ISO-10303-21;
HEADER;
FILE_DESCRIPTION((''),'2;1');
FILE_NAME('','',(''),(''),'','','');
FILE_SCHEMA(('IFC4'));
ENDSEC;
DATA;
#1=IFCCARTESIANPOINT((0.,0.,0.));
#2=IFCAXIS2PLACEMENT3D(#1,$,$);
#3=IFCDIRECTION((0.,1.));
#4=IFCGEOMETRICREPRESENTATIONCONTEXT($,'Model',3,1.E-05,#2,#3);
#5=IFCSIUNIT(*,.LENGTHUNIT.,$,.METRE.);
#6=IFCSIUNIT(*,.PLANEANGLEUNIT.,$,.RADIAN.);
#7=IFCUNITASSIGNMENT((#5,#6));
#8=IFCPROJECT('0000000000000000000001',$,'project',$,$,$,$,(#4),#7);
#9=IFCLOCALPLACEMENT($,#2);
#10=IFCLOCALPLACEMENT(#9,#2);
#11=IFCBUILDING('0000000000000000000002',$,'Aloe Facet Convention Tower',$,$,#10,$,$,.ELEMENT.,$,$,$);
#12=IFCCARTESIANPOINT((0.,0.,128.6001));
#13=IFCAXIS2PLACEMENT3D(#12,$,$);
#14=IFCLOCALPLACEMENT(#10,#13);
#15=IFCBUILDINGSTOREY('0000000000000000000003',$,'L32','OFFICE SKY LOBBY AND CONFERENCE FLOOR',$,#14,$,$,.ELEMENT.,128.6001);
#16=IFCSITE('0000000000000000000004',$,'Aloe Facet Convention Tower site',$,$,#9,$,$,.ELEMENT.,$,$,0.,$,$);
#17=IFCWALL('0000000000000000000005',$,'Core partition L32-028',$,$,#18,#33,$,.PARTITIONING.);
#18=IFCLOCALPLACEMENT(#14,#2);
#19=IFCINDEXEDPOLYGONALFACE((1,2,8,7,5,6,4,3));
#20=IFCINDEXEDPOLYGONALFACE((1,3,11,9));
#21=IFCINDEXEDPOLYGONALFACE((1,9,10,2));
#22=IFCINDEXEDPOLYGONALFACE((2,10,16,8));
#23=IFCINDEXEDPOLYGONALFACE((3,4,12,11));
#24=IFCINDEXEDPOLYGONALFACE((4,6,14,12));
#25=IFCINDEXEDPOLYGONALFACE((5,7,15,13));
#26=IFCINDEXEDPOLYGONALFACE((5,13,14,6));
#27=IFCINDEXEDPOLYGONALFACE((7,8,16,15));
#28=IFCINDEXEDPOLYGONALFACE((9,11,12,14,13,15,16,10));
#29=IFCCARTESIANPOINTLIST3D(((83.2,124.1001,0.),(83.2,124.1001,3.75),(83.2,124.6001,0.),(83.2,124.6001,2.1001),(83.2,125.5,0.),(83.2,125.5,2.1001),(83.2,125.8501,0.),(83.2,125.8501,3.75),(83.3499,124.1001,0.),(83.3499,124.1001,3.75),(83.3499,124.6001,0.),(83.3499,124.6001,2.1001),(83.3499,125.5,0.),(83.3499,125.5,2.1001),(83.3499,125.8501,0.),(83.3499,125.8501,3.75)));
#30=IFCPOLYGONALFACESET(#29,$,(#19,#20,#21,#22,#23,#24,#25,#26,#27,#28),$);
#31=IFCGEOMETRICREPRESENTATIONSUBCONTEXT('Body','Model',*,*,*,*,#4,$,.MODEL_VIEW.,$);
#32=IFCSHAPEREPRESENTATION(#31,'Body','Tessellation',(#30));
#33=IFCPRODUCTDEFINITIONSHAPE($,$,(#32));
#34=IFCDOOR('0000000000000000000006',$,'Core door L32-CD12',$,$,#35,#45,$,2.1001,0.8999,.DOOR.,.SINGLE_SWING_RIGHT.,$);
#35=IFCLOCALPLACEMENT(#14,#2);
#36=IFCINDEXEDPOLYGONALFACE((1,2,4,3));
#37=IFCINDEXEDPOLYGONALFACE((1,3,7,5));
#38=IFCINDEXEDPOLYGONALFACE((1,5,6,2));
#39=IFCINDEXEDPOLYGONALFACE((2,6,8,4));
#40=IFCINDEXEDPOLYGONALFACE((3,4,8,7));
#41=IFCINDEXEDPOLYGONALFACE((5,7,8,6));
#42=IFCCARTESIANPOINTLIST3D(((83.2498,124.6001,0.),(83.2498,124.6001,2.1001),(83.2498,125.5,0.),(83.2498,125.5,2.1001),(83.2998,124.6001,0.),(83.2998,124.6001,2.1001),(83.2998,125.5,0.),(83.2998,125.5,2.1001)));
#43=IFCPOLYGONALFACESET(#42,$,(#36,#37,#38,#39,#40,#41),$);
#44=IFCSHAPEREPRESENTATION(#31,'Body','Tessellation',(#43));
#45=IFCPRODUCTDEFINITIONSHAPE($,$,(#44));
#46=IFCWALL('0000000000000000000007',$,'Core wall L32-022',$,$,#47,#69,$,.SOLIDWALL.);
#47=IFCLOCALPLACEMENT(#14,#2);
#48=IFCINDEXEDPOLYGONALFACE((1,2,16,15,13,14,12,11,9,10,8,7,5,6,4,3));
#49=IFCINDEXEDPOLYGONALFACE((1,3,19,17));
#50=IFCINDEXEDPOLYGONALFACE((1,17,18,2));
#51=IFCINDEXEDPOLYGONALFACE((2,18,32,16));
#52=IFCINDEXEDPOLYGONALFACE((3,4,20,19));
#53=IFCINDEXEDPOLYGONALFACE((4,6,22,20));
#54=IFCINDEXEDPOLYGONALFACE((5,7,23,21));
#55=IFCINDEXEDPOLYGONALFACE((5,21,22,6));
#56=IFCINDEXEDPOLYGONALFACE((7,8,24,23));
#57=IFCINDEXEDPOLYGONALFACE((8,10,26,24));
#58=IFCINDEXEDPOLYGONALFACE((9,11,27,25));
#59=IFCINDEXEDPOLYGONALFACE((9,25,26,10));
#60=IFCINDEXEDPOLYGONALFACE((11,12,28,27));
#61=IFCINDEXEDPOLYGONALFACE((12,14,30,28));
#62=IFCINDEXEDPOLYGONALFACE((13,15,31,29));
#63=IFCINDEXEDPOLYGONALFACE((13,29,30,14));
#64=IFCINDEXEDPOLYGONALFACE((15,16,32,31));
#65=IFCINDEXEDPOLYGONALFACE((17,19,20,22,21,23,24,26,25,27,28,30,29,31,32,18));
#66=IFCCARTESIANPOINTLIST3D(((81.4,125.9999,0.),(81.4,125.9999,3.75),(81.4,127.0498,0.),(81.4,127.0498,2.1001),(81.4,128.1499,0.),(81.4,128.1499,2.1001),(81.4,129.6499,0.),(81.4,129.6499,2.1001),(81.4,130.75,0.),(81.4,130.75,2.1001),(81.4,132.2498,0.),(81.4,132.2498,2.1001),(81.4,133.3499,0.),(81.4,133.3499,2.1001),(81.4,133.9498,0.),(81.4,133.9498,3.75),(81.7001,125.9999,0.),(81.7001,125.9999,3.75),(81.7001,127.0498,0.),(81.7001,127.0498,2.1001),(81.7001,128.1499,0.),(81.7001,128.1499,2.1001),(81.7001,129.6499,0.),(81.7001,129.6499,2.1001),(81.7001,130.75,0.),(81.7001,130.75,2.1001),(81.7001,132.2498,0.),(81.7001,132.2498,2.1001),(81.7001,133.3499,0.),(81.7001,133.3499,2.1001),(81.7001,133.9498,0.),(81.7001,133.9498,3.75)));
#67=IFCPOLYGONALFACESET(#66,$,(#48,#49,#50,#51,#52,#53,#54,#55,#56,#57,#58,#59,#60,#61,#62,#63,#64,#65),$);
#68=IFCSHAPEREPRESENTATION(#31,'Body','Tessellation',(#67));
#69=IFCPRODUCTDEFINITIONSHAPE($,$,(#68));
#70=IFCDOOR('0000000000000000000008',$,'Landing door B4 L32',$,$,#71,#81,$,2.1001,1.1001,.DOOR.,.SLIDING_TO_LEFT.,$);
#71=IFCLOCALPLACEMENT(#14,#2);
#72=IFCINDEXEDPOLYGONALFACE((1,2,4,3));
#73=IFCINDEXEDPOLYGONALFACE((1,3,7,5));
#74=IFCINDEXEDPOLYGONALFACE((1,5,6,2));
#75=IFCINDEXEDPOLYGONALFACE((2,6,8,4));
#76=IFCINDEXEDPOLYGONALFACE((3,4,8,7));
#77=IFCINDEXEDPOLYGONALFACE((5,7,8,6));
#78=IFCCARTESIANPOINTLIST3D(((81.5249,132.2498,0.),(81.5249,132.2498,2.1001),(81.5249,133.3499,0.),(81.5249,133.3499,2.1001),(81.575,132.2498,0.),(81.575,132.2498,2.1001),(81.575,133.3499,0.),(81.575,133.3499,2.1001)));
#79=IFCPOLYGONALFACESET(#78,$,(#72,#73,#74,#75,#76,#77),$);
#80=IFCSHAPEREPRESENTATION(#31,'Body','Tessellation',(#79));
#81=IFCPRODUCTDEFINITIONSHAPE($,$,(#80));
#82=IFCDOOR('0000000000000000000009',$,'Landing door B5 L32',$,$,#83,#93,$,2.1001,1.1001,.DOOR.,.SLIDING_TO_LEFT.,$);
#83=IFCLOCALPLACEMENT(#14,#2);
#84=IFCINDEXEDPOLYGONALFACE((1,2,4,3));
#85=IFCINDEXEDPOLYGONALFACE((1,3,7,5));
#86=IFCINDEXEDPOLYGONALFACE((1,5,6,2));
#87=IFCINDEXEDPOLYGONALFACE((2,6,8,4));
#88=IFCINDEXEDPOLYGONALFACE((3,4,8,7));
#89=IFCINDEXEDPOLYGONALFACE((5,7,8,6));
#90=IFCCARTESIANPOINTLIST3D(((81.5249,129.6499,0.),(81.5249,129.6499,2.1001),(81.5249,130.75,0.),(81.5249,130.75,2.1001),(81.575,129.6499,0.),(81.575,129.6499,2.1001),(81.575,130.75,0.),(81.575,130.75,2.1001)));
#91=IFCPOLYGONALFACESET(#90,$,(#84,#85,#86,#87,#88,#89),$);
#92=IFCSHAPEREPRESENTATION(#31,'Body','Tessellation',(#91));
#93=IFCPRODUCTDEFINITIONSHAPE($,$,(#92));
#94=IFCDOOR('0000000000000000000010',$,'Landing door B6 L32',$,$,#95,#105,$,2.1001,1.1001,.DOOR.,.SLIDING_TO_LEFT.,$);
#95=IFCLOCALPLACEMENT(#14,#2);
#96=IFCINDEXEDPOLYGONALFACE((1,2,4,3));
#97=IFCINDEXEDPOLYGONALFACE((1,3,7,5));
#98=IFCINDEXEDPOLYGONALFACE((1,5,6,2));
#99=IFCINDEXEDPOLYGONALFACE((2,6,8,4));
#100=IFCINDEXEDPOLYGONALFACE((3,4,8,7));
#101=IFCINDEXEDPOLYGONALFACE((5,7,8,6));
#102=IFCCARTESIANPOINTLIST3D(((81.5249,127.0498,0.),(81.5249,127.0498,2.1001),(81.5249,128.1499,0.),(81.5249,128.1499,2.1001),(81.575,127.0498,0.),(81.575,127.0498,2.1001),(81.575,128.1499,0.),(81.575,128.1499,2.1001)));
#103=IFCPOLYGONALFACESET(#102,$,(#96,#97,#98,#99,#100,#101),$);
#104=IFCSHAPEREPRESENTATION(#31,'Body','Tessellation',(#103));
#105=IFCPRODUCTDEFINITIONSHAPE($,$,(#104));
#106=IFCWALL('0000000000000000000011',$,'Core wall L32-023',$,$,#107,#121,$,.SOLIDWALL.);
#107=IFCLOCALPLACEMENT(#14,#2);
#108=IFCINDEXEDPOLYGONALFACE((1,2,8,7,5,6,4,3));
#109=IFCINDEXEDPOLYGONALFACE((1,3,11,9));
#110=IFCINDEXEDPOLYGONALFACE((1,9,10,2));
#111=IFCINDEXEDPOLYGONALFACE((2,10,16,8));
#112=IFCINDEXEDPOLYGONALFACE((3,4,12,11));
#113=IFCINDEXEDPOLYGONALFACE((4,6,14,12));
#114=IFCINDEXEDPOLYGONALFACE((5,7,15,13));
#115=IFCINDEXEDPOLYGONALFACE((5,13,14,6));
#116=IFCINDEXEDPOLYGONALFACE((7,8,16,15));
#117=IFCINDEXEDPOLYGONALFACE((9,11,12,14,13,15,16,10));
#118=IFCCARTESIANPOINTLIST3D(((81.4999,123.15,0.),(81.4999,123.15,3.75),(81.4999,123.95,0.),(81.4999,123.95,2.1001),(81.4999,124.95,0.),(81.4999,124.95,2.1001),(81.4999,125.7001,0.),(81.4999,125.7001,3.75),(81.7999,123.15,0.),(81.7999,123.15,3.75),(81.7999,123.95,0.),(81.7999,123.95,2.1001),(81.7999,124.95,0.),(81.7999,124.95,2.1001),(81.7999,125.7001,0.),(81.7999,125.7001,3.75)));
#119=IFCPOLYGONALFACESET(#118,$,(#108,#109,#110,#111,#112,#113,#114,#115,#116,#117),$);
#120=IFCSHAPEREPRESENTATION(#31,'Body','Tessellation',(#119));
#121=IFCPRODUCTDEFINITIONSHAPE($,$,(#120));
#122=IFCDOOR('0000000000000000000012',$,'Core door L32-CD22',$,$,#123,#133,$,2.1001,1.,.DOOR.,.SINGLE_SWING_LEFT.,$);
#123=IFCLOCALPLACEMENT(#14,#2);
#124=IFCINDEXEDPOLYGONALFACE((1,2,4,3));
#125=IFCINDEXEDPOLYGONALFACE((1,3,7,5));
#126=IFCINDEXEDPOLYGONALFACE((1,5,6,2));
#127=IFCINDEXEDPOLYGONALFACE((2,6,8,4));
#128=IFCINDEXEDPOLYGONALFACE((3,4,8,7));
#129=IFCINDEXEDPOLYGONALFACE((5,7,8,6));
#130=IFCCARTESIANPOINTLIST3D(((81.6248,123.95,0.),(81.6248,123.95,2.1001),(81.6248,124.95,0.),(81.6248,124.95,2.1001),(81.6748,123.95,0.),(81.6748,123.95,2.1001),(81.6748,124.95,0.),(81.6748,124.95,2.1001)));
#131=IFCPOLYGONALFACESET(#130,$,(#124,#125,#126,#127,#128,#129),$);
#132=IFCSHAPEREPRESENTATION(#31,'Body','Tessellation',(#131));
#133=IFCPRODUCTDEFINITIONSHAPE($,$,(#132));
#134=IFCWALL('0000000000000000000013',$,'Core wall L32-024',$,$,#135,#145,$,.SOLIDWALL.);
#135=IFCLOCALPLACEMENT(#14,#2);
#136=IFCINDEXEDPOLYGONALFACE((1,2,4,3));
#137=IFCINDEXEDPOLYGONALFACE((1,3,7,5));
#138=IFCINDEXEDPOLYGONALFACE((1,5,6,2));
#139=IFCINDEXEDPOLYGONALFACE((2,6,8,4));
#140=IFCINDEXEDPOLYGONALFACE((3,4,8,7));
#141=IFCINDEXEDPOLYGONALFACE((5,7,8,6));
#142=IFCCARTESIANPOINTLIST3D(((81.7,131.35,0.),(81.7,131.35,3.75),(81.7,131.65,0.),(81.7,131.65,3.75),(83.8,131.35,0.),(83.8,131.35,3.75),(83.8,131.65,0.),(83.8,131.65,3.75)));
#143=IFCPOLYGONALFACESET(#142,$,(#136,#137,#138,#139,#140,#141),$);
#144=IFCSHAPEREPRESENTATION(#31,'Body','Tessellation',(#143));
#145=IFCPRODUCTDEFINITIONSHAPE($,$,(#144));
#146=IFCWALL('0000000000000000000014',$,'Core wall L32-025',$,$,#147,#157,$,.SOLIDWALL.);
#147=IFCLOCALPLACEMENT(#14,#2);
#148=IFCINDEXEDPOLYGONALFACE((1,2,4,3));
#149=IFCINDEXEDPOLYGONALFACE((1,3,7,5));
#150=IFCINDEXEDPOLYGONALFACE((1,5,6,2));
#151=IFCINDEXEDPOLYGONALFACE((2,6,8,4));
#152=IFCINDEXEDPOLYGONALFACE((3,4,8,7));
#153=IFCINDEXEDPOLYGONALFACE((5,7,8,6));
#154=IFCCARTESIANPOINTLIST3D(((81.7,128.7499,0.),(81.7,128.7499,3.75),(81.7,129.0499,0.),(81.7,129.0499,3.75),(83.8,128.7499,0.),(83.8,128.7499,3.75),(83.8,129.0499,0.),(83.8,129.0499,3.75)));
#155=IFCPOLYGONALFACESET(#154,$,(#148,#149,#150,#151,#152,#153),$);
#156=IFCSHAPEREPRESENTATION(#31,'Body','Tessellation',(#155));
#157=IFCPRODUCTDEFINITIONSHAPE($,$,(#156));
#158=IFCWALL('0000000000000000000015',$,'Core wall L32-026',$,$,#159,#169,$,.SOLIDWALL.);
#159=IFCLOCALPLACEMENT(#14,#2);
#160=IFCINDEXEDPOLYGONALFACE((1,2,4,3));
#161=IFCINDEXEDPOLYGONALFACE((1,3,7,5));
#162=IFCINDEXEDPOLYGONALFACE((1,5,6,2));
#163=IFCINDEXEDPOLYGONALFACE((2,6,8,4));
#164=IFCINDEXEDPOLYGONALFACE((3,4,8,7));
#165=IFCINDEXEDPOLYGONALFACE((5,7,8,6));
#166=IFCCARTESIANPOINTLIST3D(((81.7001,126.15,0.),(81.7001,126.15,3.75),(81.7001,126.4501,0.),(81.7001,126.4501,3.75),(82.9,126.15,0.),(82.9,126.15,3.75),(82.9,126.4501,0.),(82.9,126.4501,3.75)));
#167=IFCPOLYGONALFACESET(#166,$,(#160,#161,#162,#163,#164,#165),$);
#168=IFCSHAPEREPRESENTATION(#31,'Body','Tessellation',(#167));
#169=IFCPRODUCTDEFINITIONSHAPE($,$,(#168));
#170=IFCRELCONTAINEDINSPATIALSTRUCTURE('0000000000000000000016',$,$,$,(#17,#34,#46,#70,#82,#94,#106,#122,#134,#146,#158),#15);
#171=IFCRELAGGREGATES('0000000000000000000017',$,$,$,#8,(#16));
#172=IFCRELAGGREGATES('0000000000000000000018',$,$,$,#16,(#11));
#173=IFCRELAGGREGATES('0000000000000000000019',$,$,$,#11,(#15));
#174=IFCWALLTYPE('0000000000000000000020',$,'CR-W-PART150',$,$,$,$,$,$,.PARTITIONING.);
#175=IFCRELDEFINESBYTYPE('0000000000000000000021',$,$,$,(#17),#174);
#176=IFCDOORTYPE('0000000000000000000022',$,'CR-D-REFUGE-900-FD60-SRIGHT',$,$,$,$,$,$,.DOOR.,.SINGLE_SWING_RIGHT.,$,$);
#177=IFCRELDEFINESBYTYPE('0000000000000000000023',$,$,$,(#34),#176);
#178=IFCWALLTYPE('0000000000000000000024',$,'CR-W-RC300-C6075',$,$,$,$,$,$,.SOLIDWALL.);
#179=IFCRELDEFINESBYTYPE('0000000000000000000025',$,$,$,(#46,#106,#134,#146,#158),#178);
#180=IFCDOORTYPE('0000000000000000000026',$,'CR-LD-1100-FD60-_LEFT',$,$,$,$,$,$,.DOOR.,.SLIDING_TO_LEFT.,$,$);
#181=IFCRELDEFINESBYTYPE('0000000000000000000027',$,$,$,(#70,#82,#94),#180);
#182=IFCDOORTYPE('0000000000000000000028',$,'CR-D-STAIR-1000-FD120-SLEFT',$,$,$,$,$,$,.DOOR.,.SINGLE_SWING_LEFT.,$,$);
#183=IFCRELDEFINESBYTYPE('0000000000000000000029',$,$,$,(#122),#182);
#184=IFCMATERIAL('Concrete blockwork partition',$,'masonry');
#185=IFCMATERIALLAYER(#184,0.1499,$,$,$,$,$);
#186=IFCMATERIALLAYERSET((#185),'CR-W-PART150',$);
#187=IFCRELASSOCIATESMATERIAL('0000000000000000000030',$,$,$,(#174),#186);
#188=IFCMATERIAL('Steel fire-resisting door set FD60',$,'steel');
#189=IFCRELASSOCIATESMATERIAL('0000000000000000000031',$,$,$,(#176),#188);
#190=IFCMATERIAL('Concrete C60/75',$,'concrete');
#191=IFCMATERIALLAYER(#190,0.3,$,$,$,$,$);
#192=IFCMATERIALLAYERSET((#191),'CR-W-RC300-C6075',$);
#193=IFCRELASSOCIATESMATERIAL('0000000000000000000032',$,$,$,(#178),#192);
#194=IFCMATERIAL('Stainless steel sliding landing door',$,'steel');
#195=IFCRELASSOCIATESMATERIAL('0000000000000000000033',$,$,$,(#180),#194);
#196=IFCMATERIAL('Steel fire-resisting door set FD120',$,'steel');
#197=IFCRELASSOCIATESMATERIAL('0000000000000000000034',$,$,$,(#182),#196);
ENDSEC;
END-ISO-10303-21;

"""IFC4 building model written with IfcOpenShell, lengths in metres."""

from ifc_helpers import new_model, si_unit, direction, frame, frame_2d, origin, place, context, subcontext, project, spatial, rectangle, extrude, material, layer, layer_set, type_object, element, fill, save


model = new_model("IFC4")

# Units and contexts
model_context = context("Model", 3, precision=1e-05, world=origin(), true_north=direction((0.0, 1.0)))
body_context = subcontext(model_context, "Body", "Model", "MODEL_VIEW")
ifc_project = project(units=[si_unit("LENGTHUNIT", "METRE"), si_unit("PLANEANGLEUNIT", "RADIAN")], contexts=[model_context])

# Site, building, storey
site_placement = place(None, origin())
site = spatial("IfcSite", under=ifc_project, at=site_placement, Name="Aloe Facet Convention Tower site", CompositionType="ELEMENT", RefElevation=0.0)
building_placement = place(site_placement, origin())
building = spatial("IfcBuilding", under=site, at=building_placement, Name="Aloe Facet Convention Tower", CompositionType="ELEMENT")
storey_placement = place(building_placement, frame((0.0, 0.0, 128.6001)))
storey = spatial("IfcBuildingStorey", under=building, at=storey_placement, Name="L32", Description="OFFICE SKY LOBBY AND CONFERENCE FLOOR", CompositionType="ELEMENT", Elevation=128.6001)

# Wall, opening, door
ifc_material_1 = material(Name="Concrete blockwork partition", Category="masonry")
ifc_layer_1 = layer(ifc_material_1, 0.1499)
ifc_layer_set_1 = layer_set([ifc_layer_1], Name="CR-W-PART150")
wall_type_1 = type_object("IfcWallType", Name="CR-W-PART150", PredefinedType="PARTITIONING", material=ifc_layer_set_1)
wall_1_placement = place(storey_placement, frame((83.2749, 125.8501, 0.0), z_axis=(0.0, 0.0, 1.0), x_axis=(0.0, -1.0, 0.0)))
wall_1 = element("IfcWall", 1, at=wall_1_placement, inside=storey, type_object=wall_type_1, Name="Core partition L32-028", PredefinedType="PARTITIONING", context=body_context, shape_type="SweptSolid", body=[
    extrude(rectangle(XDim=1.75, YDim=0.1499, at=frame_2d((0.875, 0.0))), origin(), (0.0, 0.0, 1.0), 3.75),
])
opening_1_placement = place(wall_1_placement, frame((0.3501, 0.0, 0.0)))
opening_1 = element("IfcOpeningElement", 2, at=opening_1_placement, cuts=wall_1, PredefinedType="OPENING", context=body_context, shape_type="SweptSolid", body=[
    extrude(rectangle(XDim=0.8999, YDim=2.1001, at=frame_2d((0.45, 1.05))), frame((0.0, 0.085, 0.0), z_axis=(0.0, -1.0, 0.0), x_axis=(1.0, 0.0, 0.0)), (0.0, 0.0, 1.0), 0.1699),
])
ifc_material_2 = material(Name="Steel fire-resisting door set FD60", Category="steel")
door_type_1 = type_object("IfcDoorType", Name="CR-D-REFUGE-900-FD60-SRIGHT", OperationType="SINGLE_SWING_RIGHT", PredefinedType="DOOR", material=ifc_material_2)
door_1_placement = place(opening_1_placement, origin())
door_1 = element("IfcDoor", 3, at=door_1_placement, inside=storey, type_object=door_type_1, Name="Core door L32-CD12", OperationType="SINGLE_SWING_RIGHT", OverallHeight=2.1001, OverallWidth=0.8999, PredefinedType="DOOR", context=body_context, shape_type="SweptSolid", body=[
    extrude(rectangle(XDim=0.8999, YDim=2.1001, at=frame_2d((0.45, 1.05))), frame((0.0, 0.0249, 0.0), z_axis=(0.0, -1.0, 0.0), x_axis=(1.0, 0.0, 0.0)), (0.0, 0.0, 1.0), 0.05),
])
fill(opening_1, door_1)

# Wall, openings, doors
ifc_material_3 = material(Name="Concrete C60/75", Category="concrete")
ifc_layer_2 = layer(ifc_material_3, 0.3)
ifc_layer_set_2 = layer_set([ifc_layer_2], Name="CR-W-RC300-C6075")
wall_type_2 = type_object("IfcWallType", Name="CR-W-RC300-C6075", PredefinedType="SOLIDWALL", material=ifc_layer_set_2)
wall_2_placement = place(storey_placement, frame((81.55, 133.95, 0.0), z_axis=(0.0, 0.0, 1.0), x_axis=(0.0, -1.0, 0.0)))
wall_2 = element("IfcWall", 4, at=wall_2_placement, inside=storey, type_object=wall_type_2, Name="Core wall L32-022", PredefinedType="SOLIDWALL", context=body_context, shape_type="SweptSolid", body=[
    extrude(rectangle(XDim=7.95, YDim=0.3, at=frame_2d((3.9751, 0.0))), origin(), (0.0, 0.0, 1.0), 3.75),
])
opening_2_placement = place(wall_2_placement, frame((0.6001, 0.0, 0.0)))
opening_2 = element("IfcOpeningElement", 5, at=opening_2_placement, cuts=wall_2, PredefinedType="OPENING", context=body_context, shape_type="SweptSolid", body=[
    extrude(rectangle(XDim=1.1001, YDim=2.1001, at=frame_2d((0.55, 1.05))), frame((0.0, 0.1602, 0.0), z_axis=(0.0, -1.0, 0.0), x_axis=(1.0, 0.0, 0.0)), (0.0, 0.0, 1.0), 0.3201),
])
opening_3_placement = place(wall_2_placement, frame((3.2, 0.0, 0.0)))
opening_3 = element("IfcOpeningElement", 6, at=opening_3_placement, cuts=wall_2, PredefinedType="OPENING", context=body_context, shape_type="SweptSolid", body=[
    extrude(rectangle(XDim=1.1001, YDim=2.1001, at=frame_2d((0.55, 1.05))), frame((0.0, 0.1602, 0.0), z_axis=(0.0, -1.0, 0.0), x_axis=(1.0, 0.0, 0.0)), (0.0, 0.0, 1.0), 0.3201),
])
opening_4_placement = place(wall_2_placement, frame((5.8, 0.0, 0.0)))
opening_4 = element("IfcOpeningElement", 7, at=opening_4_placement, cuts=wall_2, PredefinedType="OPENING", context=body_context, shape_type="SweptSolid", body=[
    extrude(rectangle(XDim=1.1001, YDim=2.1001, at=frame_2d((0.55, 1.05))), frame((0.0, 0.1602, 0.0), z_axis=(0.0, -1.0, 0.0), x_axis=(1.0, 0.0, 0.0)), (0.0, 0.0, 1.0), 0.3201),
])
ifc_material_4 = material(Name="Stainless steel sliding landing door", Category="steel")
door_type_2 = type_object("IfcDoorType", Name="CR-LD-1100-FD60-_LEFT", OperationType="SLIDING_TO_LEFT", PredefinedType="DOOR", material=ifc_material_4)
door_2_placement = place(opening_2_placement, origin())
door_2 = element("IfcDoor", 8, at=door_2_placement, inside=storey, type_object=door_type_2, Name="Landing door B4 L32", OperationType="SLIDING_TO_LEFT", OverallHeight=2.1001, OverallWidth=1.1001, PredefinedType="DOOR", context=body_context, shape_type="SweptSolid", body=[
    extrude(rectangle(XDim=1.1001, YDim=2.1001, at=frame_2d((0.55, 1.05))), frame((0.0, 0.0249, 0.0), z_axis=(0.0, -1.0, 0.0), x_axis=(1.0, 0.0, 0.0)), (0.0, 0.0, 1.0), 0.05),
])
fill(opening_2, door_2)
door_3_placement = place(opening_3_placement, origin())
door_3 = element("IfcDoor", 9, at=door_3_placement, inside=storey, type_object=door_type_2, Name="Landing door B5 L32", OperationType="SLIDING_TO_LEFT", OverallHeight=2.1001, OverallWidth=1.1001, PredefinedType="DOOR", context=body_context, shape_type="SweptSolid", body=[
    extrude(rectangle(XDim=1.1001, YDim=2.1001, at=frame_2d((0.55, 1.05))), frame((0.0, 0.0249, 0.0), z_axis=(0.0, -1.0, 0.0), x_axis=(1.0, 0.0, 0.0)), (0.0, 0.0, 1.0), 0.05),
])
fill(opening_3, door_3)
door_4_placement = place(opening_4_placement, origin())
door_4 = element("IfcDoor", 10, at=door_4_placement, inside=storey, type_object=door_type_2, Name="Landing door B6 L32", OperationType="SLIDING_TO_LEFT", OverallHeight=2.1001, OverallWidth=1.1001, PredefinedType="DOOR", context=body_context, shape_type="SweptSolid", body=[
    extrude(rectangle(XDim=1.1001, YDim=2.1001, at=frame_2d((0.55, 1.05))), frame((0.0, 0.0249, 0.0), z_axis=(0.0, -1.0, 0.0), x_axis=(1.0, 0.0, 0.0)), (0.0, 0.0, 1.0), 0.05),
])
fill(opening_4, door_4)

# Wall, opening, door
wall_3_placement = place(storey_placement, frame((81.6499, 125.7, 0.0), z_axis=(0.0, 0.0, 1.0), x_axis=(0.0, -1.0, 0.0)))
wall_3 = element("IfcWall", 11, at=wall_3_placement, inside=storey, type_object=wall_type_2, Name="Core wall L32-023", PredefinedType="SOLIDWALL", context=body_context, shape_type="SweptSolid", body=[
    extrude(rectangle(XDim=2.55, YDim=0.3, at=frame_2d((1.2749, 0.0))), origin(), (0.0, 0.0, 1.0), 3.75),
])
opening_5_placement = place(wall_3_placement, frame((0.75, 0.0, 0.0)))
opening_5 = element("IfcOpeningElement", 12, at=opening_5_placement, cuts=wall_3, PredefinedType="OPENING", context=body_context, shape_type="SweptSolid", body=[
    extrude(rectangle(XDim=1.0, YDim=2.1001, at=frame_2d((0.5, 1.05))), frame((0.0, 0.1602, 0.0), z_axis=(0.0, -1.0, 0.0), x_axis=(1.0, 0.0, 0.0)), (0.0, 0.0, 1.0), 0.3201),
])
ifc_material_5 = material(Name="Steel fire-resisting door set FD120", Category="steel")
door_type_3 = type_object("IfcDoorType", Name="CR-D-STAIR-1000-FD120-SLEFT", OperationType="SINGLE_SWING_LEFT", PredefinedType="DOOR", material=ifc_material_5)
door_5_placement = place(opening_5_placement, origin())
door_5 = element("IfcDoor", 13, at=door_5_placement, inside=storey, type_object=door_type_3, Name="Core door L32-CD22", OperationType="SINGLE_SWING_LEFT", OverallHeight=2.1001, OverallWidth=1.0, PredefinedType="DOOR", context=body_context, shape_type="SweptSolid", body=[
    extrude(rectangle(XDim=1.0, YDim=2.1001, at=frame_2d((0.5, 1.05))), frame((0.0, 0.0249, 0.0), z_axis=(0.0, -1.0, 0.0), x_axis=(1.0, 0.0, 0.0)), (0.0, 0.0, 1.0), 0.05),
])
fill(opening_5, door_5)

# Walls
for number, where, z_axis, x_axis, name in (
    (14, (81.7, 131.5, 0.0), (0.0, 0.0, 1.0), (1.0, 0.0, 0.0), "Core wall L32-024"),
    (15, (81.7, 128.8999, 0.0), (0.0, 0.0, 1.0), (1.0, 0.0, 0.0), "Core wall L32-025"),
):
    element("IfcWall", number, at=place(storey_placement, frame(where, z_axis=z_axis, x_axis=x_axis)), inside=storey, type_object=wall_type_2, Name=name, PredefinedType="SOLIDWALL", context=body_context, shape_type="SweptSolid", body=[
        extrude(rectangle(XDim=2.1001, YDim=0.3, at=frame_2d((1.05, 0.0))), origin(), (0.0, 0.0, 1.0), 3.75),
    ])
wall_4_placement = place(storey_placement, frame((81.7, 126.3, 0.0), z_axis=(0.0, 0.0, 1.0), x_axis=(1.0, 0.0, 0.0)))
element("IfcWall", 16, at=wall_4_placement, inside=storey, type_object=wall_type_2, Name="Core wall L32-026", PredefinedType="SOLIDWALL", context=body_context, shape_type="SweptSolid", body=[
    extrude(rectangle(XDim=1.2, YDim=0.3, at=frame_2d((0.6001, 0.0))), origin(), (0.0, 0.0, 1.0), 3.75),
])

save(model, "model.ifc")
